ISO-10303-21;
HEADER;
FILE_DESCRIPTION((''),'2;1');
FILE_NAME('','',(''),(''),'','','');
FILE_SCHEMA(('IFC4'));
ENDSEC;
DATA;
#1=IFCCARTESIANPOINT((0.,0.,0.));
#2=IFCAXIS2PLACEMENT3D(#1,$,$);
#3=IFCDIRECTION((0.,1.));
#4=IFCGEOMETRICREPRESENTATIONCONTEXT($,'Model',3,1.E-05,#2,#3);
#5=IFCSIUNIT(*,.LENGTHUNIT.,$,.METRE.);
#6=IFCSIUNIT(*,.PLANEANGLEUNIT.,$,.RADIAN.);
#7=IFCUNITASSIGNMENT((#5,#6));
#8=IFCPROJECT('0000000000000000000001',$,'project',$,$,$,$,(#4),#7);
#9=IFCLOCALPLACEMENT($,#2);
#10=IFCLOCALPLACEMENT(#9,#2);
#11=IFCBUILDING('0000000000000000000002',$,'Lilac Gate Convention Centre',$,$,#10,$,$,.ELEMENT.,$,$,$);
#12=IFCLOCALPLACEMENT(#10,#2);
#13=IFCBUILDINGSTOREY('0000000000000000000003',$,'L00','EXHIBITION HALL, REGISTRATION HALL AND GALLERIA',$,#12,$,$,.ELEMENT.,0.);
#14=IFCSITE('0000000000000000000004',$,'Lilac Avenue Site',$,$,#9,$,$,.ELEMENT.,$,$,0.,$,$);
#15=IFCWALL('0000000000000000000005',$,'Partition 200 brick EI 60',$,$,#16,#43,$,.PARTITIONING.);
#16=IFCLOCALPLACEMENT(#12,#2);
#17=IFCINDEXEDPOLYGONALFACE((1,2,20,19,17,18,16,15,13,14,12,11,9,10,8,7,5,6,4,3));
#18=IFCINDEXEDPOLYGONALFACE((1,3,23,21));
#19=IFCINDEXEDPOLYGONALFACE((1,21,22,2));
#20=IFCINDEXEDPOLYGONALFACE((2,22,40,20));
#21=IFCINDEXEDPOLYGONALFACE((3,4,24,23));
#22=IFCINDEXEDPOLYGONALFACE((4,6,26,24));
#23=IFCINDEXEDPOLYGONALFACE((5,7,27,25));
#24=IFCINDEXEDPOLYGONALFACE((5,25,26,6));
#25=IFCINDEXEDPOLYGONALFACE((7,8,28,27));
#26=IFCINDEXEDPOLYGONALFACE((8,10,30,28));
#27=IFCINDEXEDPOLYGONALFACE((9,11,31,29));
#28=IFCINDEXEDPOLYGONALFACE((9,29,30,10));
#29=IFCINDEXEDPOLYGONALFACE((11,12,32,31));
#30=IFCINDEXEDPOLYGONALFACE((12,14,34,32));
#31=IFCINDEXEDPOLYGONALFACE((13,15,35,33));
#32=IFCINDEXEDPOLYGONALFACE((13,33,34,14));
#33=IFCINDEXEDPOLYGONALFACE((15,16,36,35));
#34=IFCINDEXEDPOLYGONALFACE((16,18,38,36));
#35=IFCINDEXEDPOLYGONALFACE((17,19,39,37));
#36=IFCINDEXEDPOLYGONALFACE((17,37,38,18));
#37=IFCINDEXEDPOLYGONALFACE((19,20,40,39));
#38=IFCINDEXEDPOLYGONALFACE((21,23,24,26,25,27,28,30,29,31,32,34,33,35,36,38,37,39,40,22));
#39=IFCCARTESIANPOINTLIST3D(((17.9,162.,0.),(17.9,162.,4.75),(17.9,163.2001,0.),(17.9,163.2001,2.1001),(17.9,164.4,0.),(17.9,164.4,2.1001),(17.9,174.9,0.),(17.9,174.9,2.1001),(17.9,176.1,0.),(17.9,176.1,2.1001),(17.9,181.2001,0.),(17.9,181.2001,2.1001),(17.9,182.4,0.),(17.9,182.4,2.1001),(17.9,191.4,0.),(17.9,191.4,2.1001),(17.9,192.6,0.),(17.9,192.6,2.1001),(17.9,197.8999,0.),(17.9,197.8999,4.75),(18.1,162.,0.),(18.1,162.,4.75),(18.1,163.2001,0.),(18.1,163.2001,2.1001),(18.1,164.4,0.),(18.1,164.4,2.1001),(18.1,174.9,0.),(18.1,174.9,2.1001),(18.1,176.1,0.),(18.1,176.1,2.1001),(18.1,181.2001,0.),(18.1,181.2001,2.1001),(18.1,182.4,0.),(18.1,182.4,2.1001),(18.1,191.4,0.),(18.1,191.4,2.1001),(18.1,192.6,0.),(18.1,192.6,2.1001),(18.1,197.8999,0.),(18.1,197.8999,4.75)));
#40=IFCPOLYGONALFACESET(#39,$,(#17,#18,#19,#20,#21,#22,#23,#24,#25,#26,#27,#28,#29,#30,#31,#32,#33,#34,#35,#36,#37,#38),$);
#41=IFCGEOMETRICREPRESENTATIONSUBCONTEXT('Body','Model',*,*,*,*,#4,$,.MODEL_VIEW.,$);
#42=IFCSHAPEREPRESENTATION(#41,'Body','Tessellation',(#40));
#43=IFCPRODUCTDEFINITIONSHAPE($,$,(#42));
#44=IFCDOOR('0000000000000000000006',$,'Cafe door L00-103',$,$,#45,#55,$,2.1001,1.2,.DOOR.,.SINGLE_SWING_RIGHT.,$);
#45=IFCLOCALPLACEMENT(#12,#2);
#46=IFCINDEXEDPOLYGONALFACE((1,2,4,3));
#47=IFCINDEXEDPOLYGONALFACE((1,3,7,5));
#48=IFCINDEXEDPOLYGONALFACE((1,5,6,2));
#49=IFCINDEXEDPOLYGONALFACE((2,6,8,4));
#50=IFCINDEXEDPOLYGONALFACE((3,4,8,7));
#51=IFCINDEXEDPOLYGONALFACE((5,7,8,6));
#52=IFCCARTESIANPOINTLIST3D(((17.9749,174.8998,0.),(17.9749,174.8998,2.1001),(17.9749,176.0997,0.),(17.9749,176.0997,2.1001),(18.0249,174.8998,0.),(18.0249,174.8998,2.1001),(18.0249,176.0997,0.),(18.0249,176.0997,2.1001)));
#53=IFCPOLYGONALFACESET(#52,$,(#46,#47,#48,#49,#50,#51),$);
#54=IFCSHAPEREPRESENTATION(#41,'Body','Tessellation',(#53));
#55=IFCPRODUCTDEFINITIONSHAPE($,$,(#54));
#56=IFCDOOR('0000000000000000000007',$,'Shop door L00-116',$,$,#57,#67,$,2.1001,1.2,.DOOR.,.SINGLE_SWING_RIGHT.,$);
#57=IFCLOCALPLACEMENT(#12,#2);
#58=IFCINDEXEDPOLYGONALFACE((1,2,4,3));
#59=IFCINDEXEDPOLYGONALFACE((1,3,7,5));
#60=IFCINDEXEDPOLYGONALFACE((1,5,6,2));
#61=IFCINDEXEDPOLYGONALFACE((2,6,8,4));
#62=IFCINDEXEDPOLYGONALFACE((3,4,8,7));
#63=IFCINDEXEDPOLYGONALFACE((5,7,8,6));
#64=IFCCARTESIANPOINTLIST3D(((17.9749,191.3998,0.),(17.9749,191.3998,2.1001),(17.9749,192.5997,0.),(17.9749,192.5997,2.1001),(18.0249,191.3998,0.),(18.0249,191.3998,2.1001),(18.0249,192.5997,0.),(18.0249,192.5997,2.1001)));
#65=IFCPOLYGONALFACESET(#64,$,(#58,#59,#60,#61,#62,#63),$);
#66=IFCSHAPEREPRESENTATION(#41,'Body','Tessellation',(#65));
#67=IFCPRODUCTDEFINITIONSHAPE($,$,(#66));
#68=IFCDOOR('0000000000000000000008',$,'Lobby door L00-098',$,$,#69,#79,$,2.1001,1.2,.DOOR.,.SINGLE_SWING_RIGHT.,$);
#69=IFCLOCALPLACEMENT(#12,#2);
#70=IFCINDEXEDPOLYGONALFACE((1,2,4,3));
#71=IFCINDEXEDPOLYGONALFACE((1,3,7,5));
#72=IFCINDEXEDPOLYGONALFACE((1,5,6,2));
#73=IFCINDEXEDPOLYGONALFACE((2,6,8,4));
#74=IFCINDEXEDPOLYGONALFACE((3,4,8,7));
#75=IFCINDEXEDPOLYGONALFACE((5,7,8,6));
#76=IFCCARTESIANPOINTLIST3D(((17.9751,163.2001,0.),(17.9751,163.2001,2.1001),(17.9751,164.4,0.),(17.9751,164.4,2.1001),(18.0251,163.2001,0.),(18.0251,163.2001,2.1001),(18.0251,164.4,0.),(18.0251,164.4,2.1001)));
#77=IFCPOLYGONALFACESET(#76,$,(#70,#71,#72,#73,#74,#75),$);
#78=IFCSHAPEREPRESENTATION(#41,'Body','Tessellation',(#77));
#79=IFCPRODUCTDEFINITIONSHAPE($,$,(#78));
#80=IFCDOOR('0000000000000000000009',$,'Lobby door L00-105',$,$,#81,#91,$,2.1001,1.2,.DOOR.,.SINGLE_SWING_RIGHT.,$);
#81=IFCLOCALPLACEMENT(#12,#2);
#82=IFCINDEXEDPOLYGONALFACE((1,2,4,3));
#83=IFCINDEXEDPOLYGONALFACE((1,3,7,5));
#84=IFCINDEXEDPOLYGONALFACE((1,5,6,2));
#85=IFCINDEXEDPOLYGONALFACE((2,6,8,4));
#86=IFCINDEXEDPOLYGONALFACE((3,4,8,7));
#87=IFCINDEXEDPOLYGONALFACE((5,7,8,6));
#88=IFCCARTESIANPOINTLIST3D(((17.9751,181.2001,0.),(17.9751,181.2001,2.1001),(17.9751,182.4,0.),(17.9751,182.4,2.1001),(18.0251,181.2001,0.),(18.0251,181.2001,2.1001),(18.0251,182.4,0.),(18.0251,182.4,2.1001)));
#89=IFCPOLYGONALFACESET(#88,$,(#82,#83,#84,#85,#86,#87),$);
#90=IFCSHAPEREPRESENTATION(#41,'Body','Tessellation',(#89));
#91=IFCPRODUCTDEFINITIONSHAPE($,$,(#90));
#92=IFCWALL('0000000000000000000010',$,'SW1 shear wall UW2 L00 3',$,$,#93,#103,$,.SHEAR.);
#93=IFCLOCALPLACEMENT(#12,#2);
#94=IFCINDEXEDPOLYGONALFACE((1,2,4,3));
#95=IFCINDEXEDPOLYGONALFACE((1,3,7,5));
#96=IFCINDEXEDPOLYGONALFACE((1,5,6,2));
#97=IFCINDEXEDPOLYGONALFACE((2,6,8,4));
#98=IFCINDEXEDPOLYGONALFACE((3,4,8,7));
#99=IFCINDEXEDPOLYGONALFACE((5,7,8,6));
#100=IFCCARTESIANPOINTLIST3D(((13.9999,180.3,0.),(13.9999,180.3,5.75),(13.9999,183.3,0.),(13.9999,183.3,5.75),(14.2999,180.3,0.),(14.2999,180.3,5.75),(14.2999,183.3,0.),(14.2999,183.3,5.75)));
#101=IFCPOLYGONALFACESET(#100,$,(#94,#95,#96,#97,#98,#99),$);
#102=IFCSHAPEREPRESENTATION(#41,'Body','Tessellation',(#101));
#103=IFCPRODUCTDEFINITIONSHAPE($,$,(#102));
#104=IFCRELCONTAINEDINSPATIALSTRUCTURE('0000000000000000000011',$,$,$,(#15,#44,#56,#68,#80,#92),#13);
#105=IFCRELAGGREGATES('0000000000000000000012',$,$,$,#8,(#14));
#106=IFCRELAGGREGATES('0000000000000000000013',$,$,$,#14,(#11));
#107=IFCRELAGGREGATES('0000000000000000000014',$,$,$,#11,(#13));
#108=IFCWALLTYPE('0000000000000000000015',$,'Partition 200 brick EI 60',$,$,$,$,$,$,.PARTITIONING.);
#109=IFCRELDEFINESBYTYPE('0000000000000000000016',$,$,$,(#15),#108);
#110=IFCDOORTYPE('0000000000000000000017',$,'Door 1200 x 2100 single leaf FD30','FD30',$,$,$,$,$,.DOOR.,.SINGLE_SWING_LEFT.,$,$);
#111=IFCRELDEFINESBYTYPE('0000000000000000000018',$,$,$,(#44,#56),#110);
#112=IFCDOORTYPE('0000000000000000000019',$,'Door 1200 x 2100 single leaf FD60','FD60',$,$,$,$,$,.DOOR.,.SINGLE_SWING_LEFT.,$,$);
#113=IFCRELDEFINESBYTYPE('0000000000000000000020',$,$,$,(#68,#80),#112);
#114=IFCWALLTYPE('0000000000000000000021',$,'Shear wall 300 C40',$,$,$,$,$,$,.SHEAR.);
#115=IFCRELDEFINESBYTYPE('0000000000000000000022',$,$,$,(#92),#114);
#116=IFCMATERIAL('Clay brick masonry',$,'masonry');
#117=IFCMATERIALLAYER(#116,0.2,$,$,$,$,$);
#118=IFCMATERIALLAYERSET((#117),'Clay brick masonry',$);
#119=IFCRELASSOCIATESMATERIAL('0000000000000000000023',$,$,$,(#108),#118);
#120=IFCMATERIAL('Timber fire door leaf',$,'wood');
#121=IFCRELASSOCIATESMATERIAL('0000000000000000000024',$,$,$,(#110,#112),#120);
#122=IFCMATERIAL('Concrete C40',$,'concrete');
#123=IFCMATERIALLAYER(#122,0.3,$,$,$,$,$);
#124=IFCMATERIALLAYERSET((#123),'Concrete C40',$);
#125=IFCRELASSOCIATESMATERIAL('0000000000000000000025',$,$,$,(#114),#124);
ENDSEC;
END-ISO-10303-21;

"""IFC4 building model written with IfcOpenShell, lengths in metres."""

from ifc_helpers import new_model, si_unit, direction, frame, frame_2d, origin, place, context, subcontext, project, spatial, rectangle, extrude, material, layer, layer_set, type_object, element, fill, save


model = new_model("IFC4")

# Units and contexts
model_context = context("Model", 3, precision=1e-05, world=origin(), true_north=direction((0.0, 1.0)))
body_context = subcontext(model_context, "Body", "Model", "MODEL_VIEW")
ifc_project = project(units=[si_unit("LENGTHUNIT", "METRE"), si_unit("PLANEANGLEUNIT", "RADIAN")], contexts=[model_context])

# Site, building, storey
site_placement = place(None, origin())
site = spatial("IfcSite", under=ifc_project, at=site_placement, Name="Lilac Avenue Site", CompositionType="ELEMENT", RefElevation=0.0)
building_placement = place(site_placement, origin())
building = spatial("IfcBuilding", under=site, at=building_placement, Name="Lilac Gate Convention Centre", CompositionType="ELEMENT")
storey_placement = place(building_placement, origin())
storey = spatial("IfcBuildingStorey", under=building, at=storey_placement, Name="L00", Description="EXHIBITION HALL, REGISTRATION HALL AND GALLERIA", CompositionType="ELEMENT", Elevation=0.0)

# Shared definitions
ifc_material_1 = material(Name="Concrete C40", Category="concrete")

# Shared definitions
ifc_material_2 = material(Name="Clay brick masonry", Category="masonry")

# Shared definitions
ifc_layer_1 = layer(ifc_material_2, 0.2)
ifc_layer_set_1 = layer_set([ifc_layer_1], Name="Clay brick masonry")
wall_type_1 = type_object("IfcWallType", Name="Partition 200 brick EI 60", PredefinedType="PARTITIONING", material=ifc_layer_set_1)

# Wall, openings, doors
wall_1_placement = place(storey_placement, frame((18.0, 162.0, 0.0), z_axis=(0.0, 0.0, 1.0), x_axis=(0.0, 1.0, 0.0)))
wall_1 = element("IfcWall", 1, at=wall_1_placement, inside=storey, type_object=wall_type_1, Name="Partition 200 brick EI 60", PredefinedType="PARTITIONING", context=body_context, shape_type="SweptSolid", body=[
    extrude(rectangle(XDim=35.8999, YDim=0.2, at=frame_2d((17.95, 0.0))), origin(), (0.0, 0.0, 1.0), 4.75),
])
opening_1_placement = place(wall_1_placement, frame((1.2, 0.0, 0.0)))
opening_1 = element("IfcOpeningElement", 2, at=opening_1_placement, cuts=wall_1, PredefinedType="OPENING", context=body_context, shape_type="SweptSolid", body=[
    extrude(rectangle(XDim=1.2, YDim=2.1001, at=frame_2d((0.6001, 1.05))), frame((0.0, 0.1099, 0.0), z_axis=(0.0, -1.0, 0.0), x_axis=(1.0, 0.0, 0.0)), (0.0, 0.0, 1.0), 0.22),
])
opening_2_placement = place(wall_1_placement, frame((12.8999, 0.0, 0.0)))
opening_2 = element("IfcOpeningElement", 3, at=opening_2_placement, cuts=wall_1, PredefinedType="OPENING", context=body_context, shape_type="SweptSolid", body=[
    extrude(rectangle(XDim=1.2, YDim=2.1001, at=frame_2d((0.6001, 1.05))), frame((0.0, 0.1099, 0.0), z_axis=(0.0, -1.0, 0.0), x_axis=(1.0, 0.0, 0.0)), (0.0, 0.0, 1.0), 0.22),
])
opening_3_placement = place(wall_1_placement, frame((19.2, 0.0, 0.0)))
opening_3 = element("IfcOpeningElement", 4, at=opening_3_placement, cuts=wall_1, PredefinedType="OPENING", context=body_context, shape_type="SweptSolid", body=[
    extrude(rectangle(XDim=1.2, YDim=2.1001, at=frame_2d((0.6001, 1.05))), frame((0.0, 0.1099, 0.0), z_axis=(0.0, -1.0, 0.0), x_axis=(1.0, 0.0, 0.0)), (0.0, 0.0, 1.0), 0.22),
])
opening_4_placement = place(wall_1_placement, frame((29.3999, 0.0, 0.0)))
opening_4 = element("IfcOpeningElement", 5, at=opening_4_placement, cuts=wall_1, PredefinedType="OPENING", context=body_context, shape_type="SweptSolid", body=[
    extrude(rectangle(XDim=1.2, YDim=2.1001, at=frame_2d((0.6001, 1.05))), frame((0.0, 0.1099, 0.0), z_axis=(0.0, -1.0, 0.0), x_axis=(1.0, 0.0, 0.0)), (0.0, 0.0, 1.0), 0.22),
])
ifc_material_3 = material(Name="Timber fire door leaf", Category="wood")
door_type_1 = type_object("IfcDoorType", Name="Door 1200 x 2100 single leaf FD30", Description="FD30", OperationType="SINGLE_SWING_LEFT", PredefinedType="DOOR", material=ifc_material_3)
door_1_placement = place(opening_2_placement, frame((1.2, 0.0, 0.0), z_axis=(0.0, 0.0, 1.0), x_axis=(-1.0, 0.0, 0.0)))
door_1 = element("IfcDoor", 6, at=door_1_placement, inside=storey, type_object=door_type_1, Name="Cafe door L00-103", OperationType="SINGLE_SWING_RIGHT", OverallHeight=2.1001, OverallWidth=1.2, PredefinedType="DOOR", context=body_context, shape_type="SweptSolid", body=[
    extrude(rectangle(XDim=1.2, YDim=2.1001, at=frame_2d((0.6001, 1.05))), frame((0.0, 0.0249, 0.0), z_axis=(0.0, -1.0, 0.0), x_axis=(1.0, 0.0, 0.0)), (0.0, 0.0, 1.0), 0.05),
])
fill(opening_2, door_1)
door_2_placement = place(opening_4_placement, frame((1.2, 0.0, 0.0), z_axis=(0.0, 0.0, 1.0), x_axis=(-1.0, 0.0, 0.0)))
door_2 = element("IfcDoor", 7, at=door_2_placement, inside=storey, type_object=door_type_1, Name="Shop door L00-116", OperationType="SINGLE_SWING_RIGHT", OverallHeight=2.1001, OverallWidth=1.2, PredefinedType="DOOR", context=body_context, shape_type="SweptSolid", body=[
    extrude(rectangle(XDim=1.2, YDim=2.1001, at=frame_2d((0.6001, 1.05))), frame((0.0, 0.0249, 0.0), z_axis=(0.0, -1.0, 0.0), x_axis=(1.0, 0.0, 0.0)), (0.0, 0.0, 1.0), 0.05),
])
fill(opening_4, door_2)
door_type_2 = type_object("IfcDoorType", Name="Door 1200 x 2100 single leaf FD60", Description="FD60", OperationType="SINGLE_SWING_LEFT", PredefinedType="DOOR", material=ifc_material_3)
door_3_placement = place(opening_1_placement, origin())
door_3 = element("IfcDoor", 8, at=door_3_placement, inside=storey, type_object=door_type_2, Name="Lobby door L00-098", OperationType="SINGLE_SWING_RIGHT", OverallHeight=2.1001, OverallWidth=1.2, PredefinedType="DOOR", context=body_context, shape_type="SweptSolid", body=[
    extrude(rectangle(XDim=1.2, YDim=2.1001, at=frame_2d((0.6001, 1.05))), frame((0.0, 0.0249, 0.0), z_axis=(0.0, -1.0, 0.0), x_axis=(1.0, 0.0, 0.0)), (0.0, 0.0, 1.0), 0.05),
])
fill(opening_1, door_3)
door_4_placement = place(opening_3_placement, origin())
door_4 = element("IfcDoor", 9, at=door_4_placement, inside=storey, type_object=door_type_2, Name="Lobby door L00-105", OperationType="SINGLE_SWING_RIGHT", OverallHeight=2.1001, OverallWidth=1.2, PredefinedType="DOOR", context=body_context, shape_type="SweptSolid", body=[
    extrude(rectangle(XDim=1.2, YDim=2.1001, at=frame_2d((0.6001, 1.05))), frame((0.0, 0.0249, 0.0), z_axis=(0.0, -1.0, 0.0), x_axis=(1.0, 0.0, 0.0)), (0.0, 0.0, 1.0), 0.05),
])
fill(opening_3, door_4)

# Wall
ifc_layer_2 = layer(ifc_material_1, 0.3)
ifc_layer_set_2 = layer_set([ifc_layer_2], Name="Concrete C40")
wall_type_2 = type_object("IfcWallType", Name="Shear wall 300 C40", PredefinedType="SHEAR", material=ifc_layer_set_2)
wall_2_placement = place(storey_placement, frame((14.1499, 180.3, 0.0), z_axis=(0.0, 0.0, 1.0), x_axis=(0.0, 1.0, 0.0)))
element("IfcWall", 10, at=wall_2_placement, inside=storey, type_object=wall_type_2, Name="SW1 shear wall UW2 L00 3", PredefinedType="SHEAR", context=body_context, shape_type="SweptSolid", body=[
    extrude(rectangle(XDim=3.0, YDim=0.3, at=frame_2d((1.5, 0.0))), origin(), (0.0, 0.0, 1.0), 5.75),
])

save(model, "model.ifc")
